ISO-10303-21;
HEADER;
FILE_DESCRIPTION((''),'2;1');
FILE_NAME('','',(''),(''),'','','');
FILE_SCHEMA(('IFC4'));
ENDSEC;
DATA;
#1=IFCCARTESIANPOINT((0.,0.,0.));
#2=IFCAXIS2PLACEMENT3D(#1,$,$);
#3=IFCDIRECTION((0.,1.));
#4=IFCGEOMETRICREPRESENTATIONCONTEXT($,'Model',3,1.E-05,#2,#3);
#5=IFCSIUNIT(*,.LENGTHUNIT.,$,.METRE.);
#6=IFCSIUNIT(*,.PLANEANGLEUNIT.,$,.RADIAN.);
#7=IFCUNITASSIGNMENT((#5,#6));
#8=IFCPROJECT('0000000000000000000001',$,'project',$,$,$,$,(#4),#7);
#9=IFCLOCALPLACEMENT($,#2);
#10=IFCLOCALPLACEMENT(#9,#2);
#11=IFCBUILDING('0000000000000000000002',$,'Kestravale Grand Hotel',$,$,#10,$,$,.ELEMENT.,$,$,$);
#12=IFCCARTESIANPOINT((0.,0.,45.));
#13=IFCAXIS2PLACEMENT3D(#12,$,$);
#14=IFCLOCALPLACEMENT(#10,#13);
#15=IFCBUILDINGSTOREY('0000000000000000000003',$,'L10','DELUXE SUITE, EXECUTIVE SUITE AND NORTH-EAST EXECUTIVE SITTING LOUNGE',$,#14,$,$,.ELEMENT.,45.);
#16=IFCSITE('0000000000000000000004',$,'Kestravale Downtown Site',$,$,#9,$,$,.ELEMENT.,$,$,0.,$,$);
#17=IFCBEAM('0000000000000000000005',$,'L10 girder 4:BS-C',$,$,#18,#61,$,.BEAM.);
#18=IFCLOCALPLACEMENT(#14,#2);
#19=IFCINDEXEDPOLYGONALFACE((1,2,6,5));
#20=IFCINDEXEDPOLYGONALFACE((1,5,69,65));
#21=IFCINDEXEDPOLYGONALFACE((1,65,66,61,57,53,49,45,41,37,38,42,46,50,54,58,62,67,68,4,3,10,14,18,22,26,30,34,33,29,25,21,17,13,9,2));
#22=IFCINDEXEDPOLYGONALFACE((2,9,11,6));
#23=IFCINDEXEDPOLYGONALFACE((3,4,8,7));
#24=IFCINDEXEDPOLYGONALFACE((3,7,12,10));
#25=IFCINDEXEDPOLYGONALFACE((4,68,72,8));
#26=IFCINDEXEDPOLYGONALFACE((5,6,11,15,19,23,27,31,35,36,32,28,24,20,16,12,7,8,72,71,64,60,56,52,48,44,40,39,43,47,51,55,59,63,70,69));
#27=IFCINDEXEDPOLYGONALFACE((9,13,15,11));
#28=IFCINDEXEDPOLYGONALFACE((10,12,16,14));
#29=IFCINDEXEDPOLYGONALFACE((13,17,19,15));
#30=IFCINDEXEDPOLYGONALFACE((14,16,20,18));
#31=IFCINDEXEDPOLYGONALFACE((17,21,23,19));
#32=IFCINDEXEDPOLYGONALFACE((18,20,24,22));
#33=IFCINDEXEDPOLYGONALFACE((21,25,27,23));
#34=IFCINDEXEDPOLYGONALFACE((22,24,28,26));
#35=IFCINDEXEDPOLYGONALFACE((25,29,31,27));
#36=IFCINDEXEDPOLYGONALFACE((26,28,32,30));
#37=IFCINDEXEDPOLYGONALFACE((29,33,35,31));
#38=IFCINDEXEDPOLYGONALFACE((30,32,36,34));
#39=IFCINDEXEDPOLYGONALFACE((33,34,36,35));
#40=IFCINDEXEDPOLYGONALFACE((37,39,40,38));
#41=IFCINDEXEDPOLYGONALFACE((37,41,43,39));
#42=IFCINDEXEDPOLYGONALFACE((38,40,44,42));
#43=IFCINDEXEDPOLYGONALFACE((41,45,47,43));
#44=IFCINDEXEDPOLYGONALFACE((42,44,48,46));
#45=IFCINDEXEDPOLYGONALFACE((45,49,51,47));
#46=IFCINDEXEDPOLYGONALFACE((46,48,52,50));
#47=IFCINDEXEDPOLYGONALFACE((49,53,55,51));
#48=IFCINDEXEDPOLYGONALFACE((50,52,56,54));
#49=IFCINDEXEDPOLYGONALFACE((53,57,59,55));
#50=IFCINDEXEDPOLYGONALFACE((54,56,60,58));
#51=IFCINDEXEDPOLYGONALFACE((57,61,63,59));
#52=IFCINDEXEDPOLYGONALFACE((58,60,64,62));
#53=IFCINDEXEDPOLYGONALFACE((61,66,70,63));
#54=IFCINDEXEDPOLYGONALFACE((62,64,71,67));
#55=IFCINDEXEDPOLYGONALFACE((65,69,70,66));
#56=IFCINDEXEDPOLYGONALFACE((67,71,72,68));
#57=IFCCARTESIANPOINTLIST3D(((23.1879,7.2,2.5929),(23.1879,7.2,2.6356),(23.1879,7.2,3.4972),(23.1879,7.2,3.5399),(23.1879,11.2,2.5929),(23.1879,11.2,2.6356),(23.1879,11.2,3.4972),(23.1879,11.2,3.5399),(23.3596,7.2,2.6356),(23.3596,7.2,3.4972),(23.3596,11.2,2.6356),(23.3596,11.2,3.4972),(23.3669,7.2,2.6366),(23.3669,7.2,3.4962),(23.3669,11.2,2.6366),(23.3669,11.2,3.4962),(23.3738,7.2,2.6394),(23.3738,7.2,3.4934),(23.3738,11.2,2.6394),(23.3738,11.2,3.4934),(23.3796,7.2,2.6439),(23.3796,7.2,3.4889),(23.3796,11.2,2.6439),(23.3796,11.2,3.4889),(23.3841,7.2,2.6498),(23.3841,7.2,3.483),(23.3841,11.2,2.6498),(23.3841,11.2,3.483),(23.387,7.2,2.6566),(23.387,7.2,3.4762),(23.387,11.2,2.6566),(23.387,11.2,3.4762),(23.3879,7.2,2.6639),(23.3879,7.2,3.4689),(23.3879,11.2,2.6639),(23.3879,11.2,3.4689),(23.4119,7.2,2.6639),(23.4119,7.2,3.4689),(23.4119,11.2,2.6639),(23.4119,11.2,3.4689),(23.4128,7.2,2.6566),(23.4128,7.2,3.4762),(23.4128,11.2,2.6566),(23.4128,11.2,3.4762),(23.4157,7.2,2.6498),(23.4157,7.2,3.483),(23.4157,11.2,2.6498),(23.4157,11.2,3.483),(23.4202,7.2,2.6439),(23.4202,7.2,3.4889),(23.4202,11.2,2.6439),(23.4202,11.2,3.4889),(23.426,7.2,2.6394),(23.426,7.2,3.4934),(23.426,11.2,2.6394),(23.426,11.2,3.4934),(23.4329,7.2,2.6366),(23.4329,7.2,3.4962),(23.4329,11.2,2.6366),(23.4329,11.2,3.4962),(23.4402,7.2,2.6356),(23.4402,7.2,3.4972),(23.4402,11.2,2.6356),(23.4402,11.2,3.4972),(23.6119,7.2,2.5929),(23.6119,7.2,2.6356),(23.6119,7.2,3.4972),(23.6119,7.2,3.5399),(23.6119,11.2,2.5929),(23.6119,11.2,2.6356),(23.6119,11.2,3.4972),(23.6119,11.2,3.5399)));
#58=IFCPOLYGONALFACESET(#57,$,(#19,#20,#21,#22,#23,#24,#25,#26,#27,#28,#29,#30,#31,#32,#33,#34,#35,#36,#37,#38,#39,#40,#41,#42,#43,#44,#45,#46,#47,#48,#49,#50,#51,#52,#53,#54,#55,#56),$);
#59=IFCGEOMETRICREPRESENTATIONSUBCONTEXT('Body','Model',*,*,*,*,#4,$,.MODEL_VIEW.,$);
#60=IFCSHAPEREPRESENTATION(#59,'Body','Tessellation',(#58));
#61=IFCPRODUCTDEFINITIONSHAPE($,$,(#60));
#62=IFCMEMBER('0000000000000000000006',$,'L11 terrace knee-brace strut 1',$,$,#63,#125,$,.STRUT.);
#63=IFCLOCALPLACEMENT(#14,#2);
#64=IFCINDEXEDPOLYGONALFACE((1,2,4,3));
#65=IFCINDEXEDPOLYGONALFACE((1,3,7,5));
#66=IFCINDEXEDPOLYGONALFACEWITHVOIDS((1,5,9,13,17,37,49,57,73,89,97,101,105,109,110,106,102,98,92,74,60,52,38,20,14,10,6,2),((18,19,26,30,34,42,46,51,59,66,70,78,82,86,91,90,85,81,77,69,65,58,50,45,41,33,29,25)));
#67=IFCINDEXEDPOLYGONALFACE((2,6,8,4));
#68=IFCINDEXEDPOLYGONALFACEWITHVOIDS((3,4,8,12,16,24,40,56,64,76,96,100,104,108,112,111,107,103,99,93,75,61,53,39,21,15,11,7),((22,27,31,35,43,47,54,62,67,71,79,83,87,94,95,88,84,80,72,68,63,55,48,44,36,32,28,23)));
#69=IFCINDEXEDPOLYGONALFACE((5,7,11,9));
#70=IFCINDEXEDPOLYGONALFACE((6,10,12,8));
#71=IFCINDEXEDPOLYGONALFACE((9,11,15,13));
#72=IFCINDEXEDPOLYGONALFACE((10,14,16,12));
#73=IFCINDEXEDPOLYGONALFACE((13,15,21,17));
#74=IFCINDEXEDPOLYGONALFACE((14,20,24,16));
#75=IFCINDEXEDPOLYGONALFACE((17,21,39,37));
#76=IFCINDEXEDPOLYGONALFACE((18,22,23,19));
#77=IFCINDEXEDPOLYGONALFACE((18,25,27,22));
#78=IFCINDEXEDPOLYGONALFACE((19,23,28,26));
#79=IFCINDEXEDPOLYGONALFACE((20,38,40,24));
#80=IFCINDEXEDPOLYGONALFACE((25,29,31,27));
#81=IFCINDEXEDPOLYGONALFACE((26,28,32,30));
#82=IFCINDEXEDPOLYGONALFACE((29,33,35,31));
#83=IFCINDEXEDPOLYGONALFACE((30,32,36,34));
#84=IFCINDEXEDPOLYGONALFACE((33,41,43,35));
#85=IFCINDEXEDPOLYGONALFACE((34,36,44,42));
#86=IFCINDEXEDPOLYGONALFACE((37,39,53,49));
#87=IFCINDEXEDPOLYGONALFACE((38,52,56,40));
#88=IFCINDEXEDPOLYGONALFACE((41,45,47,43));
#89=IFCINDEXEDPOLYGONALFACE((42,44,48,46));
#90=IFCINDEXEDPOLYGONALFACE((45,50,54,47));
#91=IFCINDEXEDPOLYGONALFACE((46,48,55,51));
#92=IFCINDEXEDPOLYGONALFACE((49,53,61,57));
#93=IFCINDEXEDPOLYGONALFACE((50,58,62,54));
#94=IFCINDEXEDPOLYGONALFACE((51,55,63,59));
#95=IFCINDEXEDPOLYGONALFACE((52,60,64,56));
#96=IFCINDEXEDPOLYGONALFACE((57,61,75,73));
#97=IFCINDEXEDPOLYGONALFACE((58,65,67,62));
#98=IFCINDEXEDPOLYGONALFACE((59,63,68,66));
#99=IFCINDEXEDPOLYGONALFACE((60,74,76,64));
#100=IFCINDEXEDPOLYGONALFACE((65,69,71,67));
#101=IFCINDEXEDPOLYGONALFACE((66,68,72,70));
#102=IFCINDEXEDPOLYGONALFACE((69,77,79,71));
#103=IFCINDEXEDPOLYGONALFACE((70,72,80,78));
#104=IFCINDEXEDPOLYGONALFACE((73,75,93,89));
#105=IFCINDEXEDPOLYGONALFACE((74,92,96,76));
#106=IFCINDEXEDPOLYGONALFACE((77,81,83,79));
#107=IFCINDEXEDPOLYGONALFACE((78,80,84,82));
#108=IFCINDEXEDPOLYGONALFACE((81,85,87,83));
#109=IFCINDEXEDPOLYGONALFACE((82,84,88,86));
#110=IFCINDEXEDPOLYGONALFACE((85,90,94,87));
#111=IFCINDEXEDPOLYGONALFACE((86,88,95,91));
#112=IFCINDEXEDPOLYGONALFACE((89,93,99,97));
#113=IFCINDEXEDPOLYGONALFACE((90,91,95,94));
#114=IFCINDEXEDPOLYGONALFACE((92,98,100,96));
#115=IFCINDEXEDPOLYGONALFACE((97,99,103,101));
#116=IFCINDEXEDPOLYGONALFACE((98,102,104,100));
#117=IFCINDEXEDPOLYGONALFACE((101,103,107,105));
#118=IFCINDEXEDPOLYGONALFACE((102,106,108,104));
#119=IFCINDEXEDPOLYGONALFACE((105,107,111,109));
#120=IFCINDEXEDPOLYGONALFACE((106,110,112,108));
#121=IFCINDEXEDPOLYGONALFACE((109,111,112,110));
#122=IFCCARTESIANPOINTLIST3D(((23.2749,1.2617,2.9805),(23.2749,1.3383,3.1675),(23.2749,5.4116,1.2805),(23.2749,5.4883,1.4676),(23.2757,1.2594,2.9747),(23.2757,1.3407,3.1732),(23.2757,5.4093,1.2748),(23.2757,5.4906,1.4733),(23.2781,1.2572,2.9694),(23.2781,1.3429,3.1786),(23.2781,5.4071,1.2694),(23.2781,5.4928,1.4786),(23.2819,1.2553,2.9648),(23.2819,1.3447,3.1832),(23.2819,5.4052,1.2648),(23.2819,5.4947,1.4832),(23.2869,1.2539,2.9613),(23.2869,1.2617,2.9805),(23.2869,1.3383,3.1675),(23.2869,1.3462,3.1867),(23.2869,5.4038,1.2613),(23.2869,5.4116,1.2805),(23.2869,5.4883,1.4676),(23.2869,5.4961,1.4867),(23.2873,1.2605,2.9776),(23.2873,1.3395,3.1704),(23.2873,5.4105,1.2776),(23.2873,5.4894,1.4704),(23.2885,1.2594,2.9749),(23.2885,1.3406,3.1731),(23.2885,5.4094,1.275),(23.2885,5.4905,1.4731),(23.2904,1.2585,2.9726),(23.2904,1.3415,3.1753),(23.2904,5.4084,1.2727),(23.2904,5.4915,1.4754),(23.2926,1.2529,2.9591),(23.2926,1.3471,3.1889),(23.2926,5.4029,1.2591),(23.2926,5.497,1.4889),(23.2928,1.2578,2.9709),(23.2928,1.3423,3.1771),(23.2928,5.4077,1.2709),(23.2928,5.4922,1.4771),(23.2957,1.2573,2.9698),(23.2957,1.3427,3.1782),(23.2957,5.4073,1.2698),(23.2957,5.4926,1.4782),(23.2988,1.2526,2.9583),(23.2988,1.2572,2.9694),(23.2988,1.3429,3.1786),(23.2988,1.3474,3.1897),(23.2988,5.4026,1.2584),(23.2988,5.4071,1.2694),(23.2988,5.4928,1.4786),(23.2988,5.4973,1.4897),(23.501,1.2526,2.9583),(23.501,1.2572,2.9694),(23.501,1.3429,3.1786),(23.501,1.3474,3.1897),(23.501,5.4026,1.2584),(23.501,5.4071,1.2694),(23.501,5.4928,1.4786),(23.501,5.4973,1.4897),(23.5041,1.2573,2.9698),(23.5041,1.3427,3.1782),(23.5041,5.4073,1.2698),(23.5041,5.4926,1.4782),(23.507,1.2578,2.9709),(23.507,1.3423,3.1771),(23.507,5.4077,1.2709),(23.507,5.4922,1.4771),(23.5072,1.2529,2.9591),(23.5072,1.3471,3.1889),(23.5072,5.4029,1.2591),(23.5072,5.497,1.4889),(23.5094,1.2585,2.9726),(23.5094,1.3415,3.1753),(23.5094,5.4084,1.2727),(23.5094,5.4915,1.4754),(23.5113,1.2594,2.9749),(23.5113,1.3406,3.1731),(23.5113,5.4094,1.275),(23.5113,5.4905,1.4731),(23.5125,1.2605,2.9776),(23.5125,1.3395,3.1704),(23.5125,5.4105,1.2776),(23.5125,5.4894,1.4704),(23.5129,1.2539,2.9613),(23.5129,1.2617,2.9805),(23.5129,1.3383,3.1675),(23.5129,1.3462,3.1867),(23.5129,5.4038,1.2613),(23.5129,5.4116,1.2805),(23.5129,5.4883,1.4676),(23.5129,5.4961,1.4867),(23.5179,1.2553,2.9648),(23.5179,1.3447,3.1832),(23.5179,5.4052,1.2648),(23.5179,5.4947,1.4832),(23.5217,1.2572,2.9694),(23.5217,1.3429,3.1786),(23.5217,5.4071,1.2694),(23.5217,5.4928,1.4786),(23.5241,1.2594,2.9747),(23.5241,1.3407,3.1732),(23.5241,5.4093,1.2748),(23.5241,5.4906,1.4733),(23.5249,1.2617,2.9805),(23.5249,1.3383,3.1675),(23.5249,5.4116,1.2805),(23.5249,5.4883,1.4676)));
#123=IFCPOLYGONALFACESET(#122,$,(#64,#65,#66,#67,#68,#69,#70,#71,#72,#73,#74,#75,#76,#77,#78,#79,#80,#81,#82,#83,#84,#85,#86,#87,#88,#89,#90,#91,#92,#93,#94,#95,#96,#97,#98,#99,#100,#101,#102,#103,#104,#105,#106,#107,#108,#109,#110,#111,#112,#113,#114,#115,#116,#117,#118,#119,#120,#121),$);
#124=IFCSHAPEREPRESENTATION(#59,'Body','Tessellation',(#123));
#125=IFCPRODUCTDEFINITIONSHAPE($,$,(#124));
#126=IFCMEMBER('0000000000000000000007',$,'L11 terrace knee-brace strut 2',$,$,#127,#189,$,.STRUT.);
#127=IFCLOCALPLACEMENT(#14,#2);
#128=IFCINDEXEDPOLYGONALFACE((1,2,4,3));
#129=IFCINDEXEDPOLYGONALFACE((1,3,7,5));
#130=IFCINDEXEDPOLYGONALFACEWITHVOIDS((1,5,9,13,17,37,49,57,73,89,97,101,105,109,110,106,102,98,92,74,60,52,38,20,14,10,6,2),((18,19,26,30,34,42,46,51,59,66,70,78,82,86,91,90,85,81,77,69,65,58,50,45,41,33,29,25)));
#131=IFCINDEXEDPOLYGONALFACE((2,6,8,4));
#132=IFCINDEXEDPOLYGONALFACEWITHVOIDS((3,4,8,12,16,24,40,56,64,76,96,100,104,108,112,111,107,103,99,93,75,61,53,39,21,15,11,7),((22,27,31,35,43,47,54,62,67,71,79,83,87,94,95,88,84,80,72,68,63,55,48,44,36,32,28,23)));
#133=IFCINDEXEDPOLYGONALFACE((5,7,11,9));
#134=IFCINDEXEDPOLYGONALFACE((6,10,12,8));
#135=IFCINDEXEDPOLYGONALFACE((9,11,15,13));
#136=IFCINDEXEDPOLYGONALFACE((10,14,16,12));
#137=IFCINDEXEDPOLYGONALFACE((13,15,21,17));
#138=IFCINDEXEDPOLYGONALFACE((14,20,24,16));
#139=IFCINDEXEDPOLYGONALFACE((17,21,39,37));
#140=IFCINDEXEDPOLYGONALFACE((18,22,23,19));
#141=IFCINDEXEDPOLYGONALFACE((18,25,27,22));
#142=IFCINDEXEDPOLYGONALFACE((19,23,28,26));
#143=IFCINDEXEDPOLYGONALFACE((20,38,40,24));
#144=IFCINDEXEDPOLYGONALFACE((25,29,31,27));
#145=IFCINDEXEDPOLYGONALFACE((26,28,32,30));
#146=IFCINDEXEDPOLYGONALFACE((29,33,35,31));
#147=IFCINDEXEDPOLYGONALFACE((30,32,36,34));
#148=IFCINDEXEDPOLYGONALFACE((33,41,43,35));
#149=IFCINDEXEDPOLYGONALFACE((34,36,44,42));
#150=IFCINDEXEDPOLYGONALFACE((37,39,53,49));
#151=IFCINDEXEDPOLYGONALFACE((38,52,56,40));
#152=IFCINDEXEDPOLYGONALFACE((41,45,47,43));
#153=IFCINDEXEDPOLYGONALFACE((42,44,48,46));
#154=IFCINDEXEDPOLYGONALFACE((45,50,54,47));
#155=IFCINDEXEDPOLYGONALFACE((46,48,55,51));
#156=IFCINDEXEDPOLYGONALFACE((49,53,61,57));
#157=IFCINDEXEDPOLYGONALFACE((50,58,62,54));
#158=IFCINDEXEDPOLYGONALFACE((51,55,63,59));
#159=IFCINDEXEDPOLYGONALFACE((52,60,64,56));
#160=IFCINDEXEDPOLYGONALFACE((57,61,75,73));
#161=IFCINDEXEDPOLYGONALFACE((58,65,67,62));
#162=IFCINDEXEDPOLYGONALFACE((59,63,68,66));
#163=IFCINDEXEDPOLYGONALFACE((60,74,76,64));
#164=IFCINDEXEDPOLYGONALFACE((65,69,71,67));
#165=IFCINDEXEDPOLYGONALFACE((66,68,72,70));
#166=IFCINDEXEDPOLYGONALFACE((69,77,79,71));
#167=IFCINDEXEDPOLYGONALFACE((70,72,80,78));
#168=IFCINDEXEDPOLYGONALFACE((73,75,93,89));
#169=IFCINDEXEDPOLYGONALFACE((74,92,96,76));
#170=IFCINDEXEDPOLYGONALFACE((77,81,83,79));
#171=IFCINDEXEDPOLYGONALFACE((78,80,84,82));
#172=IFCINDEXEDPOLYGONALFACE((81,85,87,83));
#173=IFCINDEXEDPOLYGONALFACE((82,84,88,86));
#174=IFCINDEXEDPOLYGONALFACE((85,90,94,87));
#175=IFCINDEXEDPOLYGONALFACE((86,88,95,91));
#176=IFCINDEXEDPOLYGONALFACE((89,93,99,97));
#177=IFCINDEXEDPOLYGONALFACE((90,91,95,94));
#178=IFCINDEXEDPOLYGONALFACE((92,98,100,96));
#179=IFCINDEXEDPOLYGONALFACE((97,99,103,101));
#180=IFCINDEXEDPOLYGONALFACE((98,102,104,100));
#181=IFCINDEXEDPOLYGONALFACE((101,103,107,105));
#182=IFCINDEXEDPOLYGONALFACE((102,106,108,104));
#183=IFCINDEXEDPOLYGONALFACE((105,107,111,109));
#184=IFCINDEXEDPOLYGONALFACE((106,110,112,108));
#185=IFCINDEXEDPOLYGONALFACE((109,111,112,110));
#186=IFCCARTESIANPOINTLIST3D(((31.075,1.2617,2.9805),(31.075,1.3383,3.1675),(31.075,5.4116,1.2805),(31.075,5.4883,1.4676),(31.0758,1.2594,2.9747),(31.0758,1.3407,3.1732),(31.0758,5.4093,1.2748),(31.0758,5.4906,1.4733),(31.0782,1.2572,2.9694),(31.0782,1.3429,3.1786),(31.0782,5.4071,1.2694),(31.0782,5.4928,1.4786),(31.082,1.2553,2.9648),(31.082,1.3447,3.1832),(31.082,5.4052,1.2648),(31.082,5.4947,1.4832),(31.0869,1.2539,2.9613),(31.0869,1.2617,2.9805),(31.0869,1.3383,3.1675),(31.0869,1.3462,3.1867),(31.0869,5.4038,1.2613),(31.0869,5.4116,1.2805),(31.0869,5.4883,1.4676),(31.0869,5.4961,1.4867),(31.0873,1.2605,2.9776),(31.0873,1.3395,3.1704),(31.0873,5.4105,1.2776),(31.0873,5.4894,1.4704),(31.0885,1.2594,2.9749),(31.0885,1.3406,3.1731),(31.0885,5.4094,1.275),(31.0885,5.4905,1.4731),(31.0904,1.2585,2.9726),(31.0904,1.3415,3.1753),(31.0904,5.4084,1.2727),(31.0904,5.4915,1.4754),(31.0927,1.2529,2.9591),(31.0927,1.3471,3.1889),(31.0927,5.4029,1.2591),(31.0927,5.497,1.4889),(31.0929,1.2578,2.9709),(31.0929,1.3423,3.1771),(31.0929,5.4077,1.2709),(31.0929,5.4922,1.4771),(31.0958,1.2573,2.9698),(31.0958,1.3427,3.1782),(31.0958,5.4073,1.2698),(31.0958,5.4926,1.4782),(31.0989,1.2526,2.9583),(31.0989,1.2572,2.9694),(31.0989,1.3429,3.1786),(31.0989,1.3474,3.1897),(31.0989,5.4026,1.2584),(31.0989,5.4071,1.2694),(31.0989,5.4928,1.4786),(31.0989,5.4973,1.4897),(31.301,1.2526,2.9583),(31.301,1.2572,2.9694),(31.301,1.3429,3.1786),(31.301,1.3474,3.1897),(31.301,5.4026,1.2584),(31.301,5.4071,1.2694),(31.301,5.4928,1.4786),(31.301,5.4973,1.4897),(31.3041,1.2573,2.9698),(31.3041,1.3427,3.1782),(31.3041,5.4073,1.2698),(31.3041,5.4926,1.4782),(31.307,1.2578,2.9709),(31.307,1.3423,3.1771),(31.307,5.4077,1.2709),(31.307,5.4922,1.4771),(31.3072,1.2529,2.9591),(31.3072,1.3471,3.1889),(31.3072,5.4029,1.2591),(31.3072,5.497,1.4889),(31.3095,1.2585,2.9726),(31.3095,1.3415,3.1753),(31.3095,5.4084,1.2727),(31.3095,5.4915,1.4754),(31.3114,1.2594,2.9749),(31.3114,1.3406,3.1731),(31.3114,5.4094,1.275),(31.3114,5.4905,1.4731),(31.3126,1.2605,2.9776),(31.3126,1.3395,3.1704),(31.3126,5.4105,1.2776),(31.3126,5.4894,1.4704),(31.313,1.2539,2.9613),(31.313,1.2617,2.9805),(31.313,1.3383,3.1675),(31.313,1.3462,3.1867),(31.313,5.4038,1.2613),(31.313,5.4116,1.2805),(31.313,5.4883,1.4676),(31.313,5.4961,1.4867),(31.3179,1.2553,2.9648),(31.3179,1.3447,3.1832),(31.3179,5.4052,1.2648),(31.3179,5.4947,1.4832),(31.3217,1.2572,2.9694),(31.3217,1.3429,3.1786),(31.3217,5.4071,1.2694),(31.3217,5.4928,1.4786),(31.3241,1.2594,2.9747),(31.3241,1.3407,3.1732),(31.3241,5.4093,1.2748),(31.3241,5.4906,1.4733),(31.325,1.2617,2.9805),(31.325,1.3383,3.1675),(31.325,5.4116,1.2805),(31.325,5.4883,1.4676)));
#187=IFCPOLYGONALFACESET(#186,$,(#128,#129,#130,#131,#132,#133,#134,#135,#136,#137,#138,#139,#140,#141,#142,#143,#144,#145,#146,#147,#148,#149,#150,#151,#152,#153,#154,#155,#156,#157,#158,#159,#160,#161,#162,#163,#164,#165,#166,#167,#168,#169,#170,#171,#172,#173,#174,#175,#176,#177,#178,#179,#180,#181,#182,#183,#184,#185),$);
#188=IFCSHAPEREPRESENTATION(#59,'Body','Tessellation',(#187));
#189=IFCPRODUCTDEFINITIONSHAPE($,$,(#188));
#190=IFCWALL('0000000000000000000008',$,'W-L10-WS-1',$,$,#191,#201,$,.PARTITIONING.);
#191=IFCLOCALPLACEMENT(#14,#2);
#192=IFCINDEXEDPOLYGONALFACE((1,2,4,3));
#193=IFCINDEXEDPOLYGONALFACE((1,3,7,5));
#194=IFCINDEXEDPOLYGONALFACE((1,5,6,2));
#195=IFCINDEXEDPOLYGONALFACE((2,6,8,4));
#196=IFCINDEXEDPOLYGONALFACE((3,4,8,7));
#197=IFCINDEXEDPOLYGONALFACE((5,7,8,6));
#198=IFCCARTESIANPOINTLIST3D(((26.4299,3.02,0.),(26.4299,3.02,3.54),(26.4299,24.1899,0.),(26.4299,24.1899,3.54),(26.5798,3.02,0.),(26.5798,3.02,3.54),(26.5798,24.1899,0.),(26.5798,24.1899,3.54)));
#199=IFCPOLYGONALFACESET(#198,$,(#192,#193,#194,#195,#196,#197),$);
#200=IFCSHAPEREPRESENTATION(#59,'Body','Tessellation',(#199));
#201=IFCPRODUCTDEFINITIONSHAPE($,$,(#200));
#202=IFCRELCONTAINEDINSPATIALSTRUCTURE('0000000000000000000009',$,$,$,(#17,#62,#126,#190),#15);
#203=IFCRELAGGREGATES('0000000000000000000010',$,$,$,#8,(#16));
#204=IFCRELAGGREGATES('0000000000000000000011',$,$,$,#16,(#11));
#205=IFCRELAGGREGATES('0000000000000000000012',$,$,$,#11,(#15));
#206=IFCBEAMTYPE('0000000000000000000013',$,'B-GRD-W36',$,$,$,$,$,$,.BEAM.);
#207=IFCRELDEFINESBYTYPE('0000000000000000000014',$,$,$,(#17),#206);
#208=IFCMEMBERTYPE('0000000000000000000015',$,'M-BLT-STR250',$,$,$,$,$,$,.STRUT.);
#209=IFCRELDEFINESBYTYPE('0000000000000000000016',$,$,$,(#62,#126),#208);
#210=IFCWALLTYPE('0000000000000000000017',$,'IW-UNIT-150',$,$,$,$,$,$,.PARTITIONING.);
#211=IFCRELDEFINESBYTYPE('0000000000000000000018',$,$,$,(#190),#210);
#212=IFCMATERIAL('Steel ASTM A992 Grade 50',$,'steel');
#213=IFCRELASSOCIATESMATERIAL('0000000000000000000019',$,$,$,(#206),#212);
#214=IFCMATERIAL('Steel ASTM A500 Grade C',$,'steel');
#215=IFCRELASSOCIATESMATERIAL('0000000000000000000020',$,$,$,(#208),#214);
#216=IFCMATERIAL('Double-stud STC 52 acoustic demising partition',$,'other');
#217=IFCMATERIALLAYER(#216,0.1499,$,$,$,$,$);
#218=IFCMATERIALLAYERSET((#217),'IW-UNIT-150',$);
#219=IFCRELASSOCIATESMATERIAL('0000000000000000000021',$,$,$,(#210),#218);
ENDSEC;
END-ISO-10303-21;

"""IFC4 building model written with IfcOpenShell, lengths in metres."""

from ifc_helpers import new_model, si_unit, direction, frame, frame_2d, origin, origin_2d, place, context, subcontext, project, spatial, rectangle, hollow_rectangle, i_section, extrude, material, layer, layer_set, material_profile, profile_set, type_object, element, save


model = new_model("IFC4")

# Units and contexts
model_context = context("Model", 3, precision=1e-05, world=origin(), true_north=direction((0.0, 1.0)))
body_context = subcontext(model_context, "Body", "Model", "MODEL_VIEW")
ifc_project = project(units=[si_unit("LENGTHUNIT", "METRE"), si_unit("PLANEANGLEUNIT", "RADIAN")], contexts=[model_context])

# Site, building, storey
site_placement = place(None, origin())
site = spatial("IfcSite", under=ifc_project, at=site_placement, Name="Kestravale Downtown Site", CompositionType="ELEMENT", RefElevation=0.0)
building_placement = place(site_placement, origin())
building = spatial("IfcBuilding", under=site, at=building_placement, Name="Kestravale Grand Hotel", CompositionType="ELEMENT")
storey_placement = place(building_placement, frame((0.0, 0.0, 45.0)))
storey = spatial("IfcBuildingStorey", under=building, at=storey_placement, Name="L10", Description="DELUXE SUITE, EXECUTIVE SUITE AND NORTH-EAST EXECUTIVE SITTING LOUNGE", CompositionType="ELEMENT", Elevation=45.0)

# Beam
ifc_material_1 = material(Name="Steel ASTM A992 Grade 50", Category="steel")
ifc_material_profile_1 = material_profile(ifc_material_1, i_section(OverallWidth=0.4241, OverallDepth=0.947, WebThickness=0.0239, FlangeThickness=0.0427, FilletRadius=0.0283, at=origin_2d()))
ifc_profile_set_1 = profile_set([ifc_material_profile_1], Name="Steel ASTM A992 Grade 50")
beam_type_1 = type_object("IfcBeamType", Name="B-GRD-W36", PredefinedType="BEAM", material=ifc_profile_set_1)
beam_1_placement = place(storey_placement, frame((23.3999, 7.2, 3.0664), z_axis=(0.0, 1.0, 0.0), x_axis=(-1.0, 0.0, 0.0)))
element("IfcBeam", 1, at=beam_1_placement, inside=storey, type_object=beam_type_1, Name="L10 girder 4:BS-C", PredefinedType="BEAM", context=body_context, shape_type="SweptSolid", body=[
    extrude(i_section(OverallWidth=0.4241, OverallDepth=0.947, WebThickness=0.0239, FlangeThickness=0.0427, FilletRadius=0.0283, at=origin_2d()), origin(), (0.0, 0.0, 1.0), 4.0),
])

# Members
ifc_material_2 = material(Name="Steel ASTM A500 Grade C", Category="steel")
ifc_material_profile_2 = material_profile(ifc_material_2, hollow_rectangle(XDim=0.25, YDim=0.25, WallThickness=0.012, InnerFilletRadius=0.012, OuterFilletRadius=0.0239, at=origin_2d()))
ifc_profile_set_2 = profile_set([ifc_material_profile_2], Name="Steel ASTM A500 Grade C")
member_type = type_object("IfcMemberType", Name="M-BLT-STR250", PredefinedType="STRUT", material=ifc_profile_set_2)
for number, where, z_axis, x_axis, name in (
    (2, (23.3999, 5.45, 1.374), (0.0, -0.92537, 0.379065), (1.0, 0.0, 0.0), "L11 terrace knee-brace strut 1"),
    (3, (31.2, 5.45, 1.374), (0.0, -0.92537, 0.379065), (1.0, 0.0, 0.0), "L11 terrace knee-brace strut 2"),
):
    element("IfcMember", number, at=place(storey_placement, frame(where, z_axis=z_axis, x_axis=x_axis)), inside=storey, type_object=member_type, Name=name, PredefinedType="STRUT", context=body_context, shape_type="SweptSolid", body=[
        extrude(hollow_rectangle(XDim=0.25, YDim=0.25, WallThickness=0.012, InnerFilletRadius=0.012, OuterFilletRadius=0.0239, at=origin_2d()), origin(), (0.0, 0.0, 1.0), 4.4846),
    ])

# Wall
ifc_material_3 = material(Name="Double-stud STC 52 acoustic demising partition", Category="other")
ifc_layer = layer(ifc_material_3, 0.1499)
ifc_layer_set = layer_set([ifc_layer], Name="IW-UNIT-150")
wall_type = type_object("IfcWallType", Name="IW-UNIT-150", PredefinedType="PARTITIONING", material=ifc_layer_set)
wall_1_placement = place(storey_placement, frame((26.5049, 3.02, 0.0), z_axis=(0.0, 0.0, 1.0), x_axis=(0.0, 1.0, 0.0)))
element("IfcWall", 4, at=wall_1_placement, inside=storey, type_object=wall_type, Name="W-L10-WS-1", PredefinedType="PARTITIONING", context=body_context, shape_type="SweptSolid", body=[
    extrude(rectangle(XDim=21.1699, YDim=0.1499, at=frame_2d((10.585, 0.0))), origin(), (0.0, 0.0, 1.0), 3.54),
])

save(model, "model.ifc")
